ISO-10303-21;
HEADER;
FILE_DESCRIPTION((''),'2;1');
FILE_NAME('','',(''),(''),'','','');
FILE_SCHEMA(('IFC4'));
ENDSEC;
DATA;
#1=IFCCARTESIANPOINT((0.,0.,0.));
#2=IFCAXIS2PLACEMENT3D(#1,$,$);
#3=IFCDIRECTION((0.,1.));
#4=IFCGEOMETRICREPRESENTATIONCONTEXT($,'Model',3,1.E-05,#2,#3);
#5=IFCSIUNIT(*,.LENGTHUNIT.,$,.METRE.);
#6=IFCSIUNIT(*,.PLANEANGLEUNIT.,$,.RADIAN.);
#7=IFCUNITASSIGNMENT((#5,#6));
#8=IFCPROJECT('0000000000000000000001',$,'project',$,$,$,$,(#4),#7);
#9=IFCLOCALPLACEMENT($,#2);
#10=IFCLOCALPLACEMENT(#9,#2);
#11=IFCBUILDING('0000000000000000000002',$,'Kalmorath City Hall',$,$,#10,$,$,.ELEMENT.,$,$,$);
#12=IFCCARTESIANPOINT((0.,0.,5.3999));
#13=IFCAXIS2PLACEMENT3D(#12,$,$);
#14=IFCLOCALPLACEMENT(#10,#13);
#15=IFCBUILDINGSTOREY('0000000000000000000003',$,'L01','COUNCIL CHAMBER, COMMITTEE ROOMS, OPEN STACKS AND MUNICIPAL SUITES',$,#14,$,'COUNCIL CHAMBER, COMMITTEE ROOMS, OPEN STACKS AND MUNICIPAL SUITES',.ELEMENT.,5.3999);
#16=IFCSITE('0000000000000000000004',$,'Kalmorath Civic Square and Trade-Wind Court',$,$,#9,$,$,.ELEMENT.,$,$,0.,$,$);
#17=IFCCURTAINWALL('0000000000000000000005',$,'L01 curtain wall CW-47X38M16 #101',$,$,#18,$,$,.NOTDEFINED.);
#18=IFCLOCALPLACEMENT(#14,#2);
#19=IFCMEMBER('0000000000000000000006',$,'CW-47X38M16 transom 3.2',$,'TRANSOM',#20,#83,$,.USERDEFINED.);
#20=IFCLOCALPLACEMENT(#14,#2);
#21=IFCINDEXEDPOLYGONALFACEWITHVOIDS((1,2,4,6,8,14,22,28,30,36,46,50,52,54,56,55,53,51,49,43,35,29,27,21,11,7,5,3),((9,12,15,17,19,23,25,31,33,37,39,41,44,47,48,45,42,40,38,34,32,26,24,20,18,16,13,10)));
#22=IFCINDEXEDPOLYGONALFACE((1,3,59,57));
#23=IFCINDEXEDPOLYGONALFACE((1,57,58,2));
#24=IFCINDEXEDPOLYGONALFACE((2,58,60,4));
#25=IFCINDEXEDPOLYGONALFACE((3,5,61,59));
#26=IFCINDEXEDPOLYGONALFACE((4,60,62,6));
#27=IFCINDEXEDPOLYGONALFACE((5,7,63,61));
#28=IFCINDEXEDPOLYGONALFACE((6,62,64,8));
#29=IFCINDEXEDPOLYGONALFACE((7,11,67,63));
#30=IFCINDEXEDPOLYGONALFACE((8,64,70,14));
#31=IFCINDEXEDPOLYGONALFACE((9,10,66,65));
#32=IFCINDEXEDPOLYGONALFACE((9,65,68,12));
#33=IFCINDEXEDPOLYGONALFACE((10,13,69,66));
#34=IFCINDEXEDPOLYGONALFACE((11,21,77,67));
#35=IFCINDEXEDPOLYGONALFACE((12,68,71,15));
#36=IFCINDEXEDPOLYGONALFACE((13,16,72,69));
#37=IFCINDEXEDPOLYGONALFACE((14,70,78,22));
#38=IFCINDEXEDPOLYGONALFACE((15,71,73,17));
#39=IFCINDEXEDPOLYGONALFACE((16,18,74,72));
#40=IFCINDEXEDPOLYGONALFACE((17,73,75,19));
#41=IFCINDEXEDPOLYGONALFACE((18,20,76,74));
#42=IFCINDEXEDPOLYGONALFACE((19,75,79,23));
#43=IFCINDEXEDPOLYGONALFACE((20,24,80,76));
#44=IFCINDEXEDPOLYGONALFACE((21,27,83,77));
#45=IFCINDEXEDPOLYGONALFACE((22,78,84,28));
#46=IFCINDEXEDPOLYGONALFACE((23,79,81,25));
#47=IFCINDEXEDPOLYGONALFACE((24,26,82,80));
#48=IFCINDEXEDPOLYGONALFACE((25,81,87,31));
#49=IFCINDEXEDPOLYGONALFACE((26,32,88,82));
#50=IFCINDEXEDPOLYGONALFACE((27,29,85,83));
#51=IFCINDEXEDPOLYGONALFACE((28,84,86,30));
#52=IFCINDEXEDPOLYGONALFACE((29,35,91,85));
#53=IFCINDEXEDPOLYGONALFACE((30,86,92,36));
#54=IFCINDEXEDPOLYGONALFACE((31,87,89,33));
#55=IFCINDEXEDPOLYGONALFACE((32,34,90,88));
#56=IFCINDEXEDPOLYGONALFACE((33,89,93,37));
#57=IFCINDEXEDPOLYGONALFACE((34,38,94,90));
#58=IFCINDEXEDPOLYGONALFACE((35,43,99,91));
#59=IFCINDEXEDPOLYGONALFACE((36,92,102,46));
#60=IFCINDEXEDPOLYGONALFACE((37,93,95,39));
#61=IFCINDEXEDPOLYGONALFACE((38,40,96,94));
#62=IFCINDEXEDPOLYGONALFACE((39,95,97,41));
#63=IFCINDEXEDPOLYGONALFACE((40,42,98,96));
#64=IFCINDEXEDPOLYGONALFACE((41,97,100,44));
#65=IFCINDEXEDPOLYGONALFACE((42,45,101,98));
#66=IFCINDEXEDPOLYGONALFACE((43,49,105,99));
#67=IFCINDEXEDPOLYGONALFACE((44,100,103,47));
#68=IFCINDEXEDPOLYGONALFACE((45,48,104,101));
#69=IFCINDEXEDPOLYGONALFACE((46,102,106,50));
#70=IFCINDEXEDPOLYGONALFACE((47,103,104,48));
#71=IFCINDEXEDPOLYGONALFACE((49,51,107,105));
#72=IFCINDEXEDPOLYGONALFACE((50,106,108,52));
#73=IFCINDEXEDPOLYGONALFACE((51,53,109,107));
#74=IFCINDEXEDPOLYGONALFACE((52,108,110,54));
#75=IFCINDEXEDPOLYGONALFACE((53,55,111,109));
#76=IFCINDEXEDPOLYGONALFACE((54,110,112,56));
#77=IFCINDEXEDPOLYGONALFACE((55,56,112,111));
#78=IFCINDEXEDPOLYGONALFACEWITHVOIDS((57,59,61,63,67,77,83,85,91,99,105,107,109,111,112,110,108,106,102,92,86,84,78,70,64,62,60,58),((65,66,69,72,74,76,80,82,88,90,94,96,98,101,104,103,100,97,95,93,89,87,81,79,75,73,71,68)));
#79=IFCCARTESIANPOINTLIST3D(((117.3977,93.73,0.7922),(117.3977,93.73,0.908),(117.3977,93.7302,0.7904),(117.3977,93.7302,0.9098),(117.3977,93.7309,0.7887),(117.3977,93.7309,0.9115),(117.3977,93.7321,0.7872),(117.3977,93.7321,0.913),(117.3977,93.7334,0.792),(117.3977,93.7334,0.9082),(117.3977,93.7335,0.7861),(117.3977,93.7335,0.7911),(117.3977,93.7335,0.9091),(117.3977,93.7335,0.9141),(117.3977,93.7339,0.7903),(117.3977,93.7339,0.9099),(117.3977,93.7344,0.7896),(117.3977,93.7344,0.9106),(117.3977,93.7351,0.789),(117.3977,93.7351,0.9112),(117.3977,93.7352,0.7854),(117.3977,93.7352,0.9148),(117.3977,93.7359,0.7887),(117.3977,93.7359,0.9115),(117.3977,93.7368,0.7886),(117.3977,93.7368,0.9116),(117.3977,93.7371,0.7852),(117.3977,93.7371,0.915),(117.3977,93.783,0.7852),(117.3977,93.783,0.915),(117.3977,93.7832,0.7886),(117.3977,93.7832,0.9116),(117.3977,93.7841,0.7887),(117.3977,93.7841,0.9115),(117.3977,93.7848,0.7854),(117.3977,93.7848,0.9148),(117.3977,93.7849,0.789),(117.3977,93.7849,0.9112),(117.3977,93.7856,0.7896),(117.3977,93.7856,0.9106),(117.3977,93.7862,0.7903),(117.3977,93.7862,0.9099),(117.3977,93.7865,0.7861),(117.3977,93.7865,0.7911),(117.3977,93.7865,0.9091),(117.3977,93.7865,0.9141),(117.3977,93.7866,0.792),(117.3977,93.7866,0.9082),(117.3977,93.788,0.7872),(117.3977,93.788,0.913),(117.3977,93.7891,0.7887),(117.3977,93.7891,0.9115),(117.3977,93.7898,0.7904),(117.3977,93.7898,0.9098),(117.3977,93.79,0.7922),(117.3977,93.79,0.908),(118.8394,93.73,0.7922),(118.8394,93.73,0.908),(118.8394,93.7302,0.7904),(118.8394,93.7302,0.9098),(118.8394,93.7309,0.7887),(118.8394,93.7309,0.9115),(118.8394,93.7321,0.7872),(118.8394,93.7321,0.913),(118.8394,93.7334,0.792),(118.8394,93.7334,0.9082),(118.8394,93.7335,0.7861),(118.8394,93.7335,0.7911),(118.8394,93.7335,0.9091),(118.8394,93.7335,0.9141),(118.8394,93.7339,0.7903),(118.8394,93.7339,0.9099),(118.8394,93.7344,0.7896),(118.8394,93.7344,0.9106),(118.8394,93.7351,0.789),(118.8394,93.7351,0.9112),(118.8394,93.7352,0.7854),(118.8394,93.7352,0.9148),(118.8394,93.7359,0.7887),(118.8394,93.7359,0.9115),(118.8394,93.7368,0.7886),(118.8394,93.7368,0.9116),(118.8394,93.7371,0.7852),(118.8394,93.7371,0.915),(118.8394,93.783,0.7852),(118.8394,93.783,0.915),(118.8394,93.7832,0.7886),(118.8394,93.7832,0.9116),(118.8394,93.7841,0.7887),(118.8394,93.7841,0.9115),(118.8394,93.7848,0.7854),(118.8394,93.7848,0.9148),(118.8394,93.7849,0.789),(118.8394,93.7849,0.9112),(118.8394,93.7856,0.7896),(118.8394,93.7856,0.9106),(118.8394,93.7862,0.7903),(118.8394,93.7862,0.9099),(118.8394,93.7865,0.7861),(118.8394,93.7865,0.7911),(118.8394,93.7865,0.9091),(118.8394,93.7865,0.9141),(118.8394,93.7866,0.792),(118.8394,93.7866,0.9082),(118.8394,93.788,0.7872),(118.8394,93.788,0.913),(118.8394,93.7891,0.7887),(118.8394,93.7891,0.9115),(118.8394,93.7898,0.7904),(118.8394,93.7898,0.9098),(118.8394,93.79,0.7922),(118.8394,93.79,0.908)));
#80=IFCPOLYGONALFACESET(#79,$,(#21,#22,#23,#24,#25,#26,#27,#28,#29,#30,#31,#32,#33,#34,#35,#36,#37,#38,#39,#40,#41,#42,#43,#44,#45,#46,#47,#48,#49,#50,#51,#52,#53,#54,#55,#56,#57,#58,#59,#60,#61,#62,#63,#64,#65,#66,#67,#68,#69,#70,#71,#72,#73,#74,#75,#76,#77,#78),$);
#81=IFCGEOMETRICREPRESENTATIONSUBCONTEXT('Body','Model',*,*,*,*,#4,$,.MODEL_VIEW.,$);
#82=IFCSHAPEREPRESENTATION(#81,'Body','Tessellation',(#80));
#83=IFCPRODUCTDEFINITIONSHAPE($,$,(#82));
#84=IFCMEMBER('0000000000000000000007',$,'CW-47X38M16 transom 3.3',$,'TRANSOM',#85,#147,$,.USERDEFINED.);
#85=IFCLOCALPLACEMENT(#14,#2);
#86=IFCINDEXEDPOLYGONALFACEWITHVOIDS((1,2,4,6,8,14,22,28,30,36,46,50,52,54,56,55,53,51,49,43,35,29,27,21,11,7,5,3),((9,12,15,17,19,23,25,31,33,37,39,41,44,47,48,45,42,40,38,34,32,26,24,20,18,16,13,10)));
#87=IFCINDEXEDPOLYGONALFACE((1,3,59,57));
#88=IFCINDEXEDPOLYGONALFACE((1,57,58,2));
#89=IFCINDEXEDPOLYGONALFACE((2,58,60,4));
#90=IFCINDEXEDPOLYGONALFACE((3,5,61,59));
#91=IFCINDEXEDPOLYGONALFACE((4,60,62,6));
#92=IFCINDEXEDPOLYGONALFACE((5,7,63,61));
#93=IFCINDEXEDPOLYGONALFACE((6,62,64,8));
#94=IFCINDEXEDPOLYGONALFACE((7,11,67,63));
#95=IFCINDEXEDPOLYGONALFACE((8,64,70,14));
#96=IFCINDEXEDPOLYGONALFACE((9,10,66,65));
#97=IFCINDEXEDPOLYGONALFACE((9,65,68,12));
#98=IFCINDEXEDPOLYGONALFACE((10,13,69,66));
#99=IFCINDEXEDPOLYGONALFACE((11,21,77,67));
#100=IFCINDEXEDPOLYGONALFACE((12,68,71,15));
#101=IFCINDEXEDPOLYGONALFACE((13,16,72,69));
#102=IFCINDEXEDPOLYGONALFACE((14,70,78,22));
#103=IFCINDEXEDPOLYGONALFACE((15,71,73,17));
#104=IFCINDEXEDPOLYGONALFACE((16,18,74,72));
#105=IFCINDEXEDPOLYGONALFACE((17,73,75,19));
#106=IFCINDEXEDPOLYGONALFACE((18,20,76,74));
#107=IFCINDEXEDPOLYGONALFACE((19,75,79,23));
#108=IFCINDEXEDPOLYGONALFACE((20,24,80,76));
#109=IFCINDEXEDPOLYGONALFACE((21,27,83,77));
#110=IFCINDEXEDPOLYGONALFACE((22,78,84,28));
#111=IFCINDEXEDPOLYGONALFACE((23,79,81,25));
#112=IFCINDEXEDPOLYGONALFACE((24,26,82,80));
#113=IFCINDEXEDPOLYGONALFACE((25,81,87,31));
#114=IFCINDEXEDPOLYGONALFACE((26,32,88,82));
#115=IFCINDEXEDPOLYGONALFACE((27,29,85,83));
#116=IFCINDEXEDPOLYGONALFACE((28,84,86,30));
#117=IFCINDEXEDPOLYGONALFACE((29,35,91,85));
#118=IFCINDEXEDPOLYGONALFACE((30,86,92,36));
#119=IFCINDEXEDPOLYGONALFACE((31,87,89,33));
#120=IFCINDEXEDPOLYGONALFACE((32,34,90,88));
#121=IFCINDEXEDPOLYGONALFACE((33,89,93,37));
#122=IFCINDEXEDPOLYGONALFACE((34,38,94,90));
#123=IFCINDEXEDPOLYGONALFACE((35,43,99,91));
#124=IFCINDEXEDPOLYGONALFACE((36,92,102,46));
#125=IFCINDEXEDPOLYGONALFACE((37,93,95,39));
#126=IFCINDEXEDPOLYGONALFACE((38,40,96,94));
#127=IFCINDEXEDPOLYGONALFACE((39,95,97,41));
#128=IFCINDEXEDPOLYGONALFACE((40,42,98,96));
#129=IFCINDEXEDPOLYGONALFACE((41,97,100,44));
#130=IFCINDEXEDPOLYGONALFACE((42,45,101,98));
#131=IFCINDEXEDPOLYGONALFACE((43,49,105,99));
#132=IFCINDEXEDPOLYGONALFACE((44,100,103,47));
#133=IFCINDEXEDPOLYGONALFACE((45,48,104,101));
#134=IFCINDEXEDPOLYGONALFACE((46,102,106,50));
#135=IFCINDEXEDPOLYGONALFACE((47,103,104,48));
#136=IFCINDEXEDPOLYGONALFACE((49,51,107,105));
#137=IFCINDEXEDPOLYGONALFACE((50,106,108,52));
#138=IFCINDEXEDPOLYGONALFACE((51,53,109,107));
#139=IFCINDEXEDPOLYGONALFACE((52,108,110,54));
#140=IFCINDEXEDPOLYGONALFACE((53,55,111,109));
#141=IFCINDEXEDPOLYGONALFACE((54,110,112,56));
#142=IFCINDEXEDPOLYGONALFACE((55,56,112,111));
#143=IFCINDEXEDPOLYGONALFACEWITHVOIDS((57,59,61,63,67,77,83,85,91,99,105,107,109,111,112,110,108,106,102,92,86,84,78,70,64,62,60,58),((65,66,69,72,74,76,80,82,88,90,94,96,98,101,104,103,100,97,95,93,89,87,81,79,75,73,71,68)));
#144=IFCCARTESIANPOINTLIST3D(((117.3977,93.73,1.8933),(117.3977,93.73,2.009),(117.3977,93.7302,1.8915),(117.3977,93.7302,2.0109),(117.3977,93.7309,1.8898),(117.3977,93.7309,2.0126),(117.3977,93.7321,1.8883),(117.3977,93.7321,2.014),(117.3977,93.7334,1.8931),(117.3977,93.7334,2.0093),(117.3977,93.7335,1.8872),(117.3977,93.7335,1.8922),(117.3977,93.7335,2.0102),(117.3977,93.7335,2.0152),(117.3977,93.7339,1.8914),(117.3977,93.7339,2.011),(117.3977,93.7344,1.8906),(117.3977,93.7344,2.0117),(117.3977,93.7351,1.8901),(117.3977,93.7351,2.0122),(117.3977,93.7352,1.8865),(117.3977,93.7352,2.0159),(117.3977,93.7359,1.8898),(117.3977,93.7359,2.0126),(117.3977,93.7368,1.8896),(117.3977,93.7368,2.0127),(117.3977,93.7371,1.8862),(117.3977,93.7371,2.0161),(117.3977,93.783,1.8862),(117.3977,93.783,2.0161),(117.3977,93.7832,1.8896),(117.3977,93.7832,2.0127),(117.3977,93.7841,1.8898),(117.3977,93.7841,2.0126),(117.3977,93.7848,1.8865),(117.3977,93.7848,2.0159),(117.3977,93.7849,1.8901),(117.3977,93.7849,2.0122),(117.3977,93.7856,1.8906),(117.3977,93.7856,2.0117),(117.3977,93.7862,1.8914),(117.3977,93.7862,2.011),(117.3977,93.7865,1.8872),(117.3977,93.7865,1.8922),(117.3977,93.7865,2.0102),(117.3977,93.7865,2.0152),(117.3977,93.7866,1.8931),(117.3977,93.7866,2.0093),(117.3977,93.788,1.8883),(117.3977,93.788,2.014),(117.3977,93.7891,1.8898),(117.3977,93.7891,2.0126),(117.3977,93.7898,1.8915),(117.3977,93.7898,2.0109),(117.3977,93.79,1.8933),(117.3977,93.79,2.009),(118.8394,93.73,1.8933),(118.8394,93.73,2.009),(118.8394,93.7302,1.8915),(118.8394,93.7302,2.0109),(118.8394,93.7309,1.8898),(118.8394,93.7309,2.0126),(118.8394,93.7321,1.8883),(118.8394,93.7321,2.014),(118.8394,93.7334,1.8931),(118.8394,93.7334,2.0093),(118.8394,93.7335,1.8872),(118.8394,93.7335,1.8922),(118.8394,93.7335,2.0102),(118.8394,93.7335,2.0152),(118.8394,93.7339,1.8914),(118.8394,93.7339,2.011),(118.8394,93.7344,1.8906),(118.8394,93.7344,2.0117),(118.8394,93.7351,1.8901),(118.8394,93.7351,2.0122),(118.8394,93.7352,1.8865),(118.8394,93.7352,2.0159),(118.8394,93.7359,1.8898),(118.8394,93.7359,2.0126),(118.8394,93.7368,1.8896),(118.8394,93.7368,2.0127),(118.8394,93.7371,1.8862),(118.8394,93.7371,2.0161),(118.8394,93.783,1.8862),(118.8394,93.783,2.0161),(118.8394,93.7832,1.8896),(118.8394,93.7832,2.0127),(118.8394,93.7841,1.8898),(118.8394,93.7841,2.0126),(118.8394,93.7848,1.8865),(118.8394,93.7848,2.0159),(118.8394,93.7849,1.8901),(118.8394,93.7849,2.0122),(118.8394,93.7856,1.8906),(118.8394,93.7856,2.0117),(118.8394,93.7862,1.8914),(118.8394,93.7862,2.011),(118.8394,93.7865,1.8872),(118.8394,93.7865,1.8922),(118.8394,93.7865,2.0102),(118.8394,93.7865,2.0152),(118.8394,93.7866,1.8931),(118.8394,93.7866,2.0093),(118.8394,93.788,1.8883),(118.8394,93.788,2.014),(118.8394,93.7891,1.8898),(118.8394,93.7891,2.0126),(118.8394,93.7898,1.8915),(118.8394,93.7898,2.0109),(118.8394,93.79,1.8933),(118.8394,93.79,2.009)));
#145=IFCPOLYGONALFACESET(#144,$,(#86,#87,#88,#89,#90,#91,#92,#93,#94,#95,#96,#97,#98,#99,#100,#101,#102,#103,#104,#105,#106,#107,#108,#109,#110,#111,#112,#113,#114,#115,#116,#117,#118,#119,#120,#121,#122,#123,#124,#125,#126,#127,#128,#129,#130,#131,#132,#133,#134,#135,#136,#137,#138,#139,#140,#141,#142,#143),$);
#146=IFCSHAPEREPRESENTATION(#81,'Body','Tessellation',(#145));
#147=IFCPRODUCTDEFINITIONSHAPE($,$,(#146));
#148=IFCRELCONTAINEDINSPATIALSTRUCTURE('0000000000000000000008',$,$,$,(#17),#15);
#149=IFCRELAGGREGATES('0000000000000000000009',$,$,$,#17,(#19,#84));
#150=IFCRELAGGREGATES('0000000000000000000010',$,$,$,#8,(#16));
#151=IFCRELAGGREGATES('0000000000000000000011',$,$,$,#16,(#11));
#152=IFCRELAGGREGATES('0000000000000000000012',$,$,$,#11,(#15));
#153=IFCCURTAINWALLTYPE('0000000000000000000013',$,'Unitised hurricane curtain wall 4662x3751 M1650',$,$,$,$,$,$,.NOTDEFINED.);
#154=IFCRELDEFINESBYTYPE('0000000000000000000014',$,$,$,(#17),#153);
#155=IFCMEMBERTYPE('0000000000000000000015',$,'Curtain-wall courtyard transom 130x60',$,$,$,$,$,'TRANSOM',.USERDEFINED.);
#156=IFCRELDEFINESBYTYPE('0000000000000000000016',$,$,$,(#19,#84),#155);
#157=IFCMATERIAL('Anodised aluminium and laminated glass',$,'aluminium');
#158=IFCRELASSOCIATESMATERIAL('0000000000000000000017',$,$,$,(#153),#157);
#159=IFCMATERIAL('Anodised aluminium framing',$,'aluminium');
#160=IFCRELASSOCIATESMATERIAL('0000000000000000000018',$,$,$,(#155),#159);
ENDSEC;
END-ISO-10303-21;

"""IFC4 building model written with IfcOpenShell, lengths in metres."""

from ifc_helpers import new_model, si_unit, direction, frame, origin, origin_2d, place, context, subcontext, project, spatial, hollow_rectangle, extrude, material, material_profile, profile_set, type_object, element, aggregate, save


model = new_model("IFC4")

# Units and contexts
model_context = context("Model", 3, precision=1e-05, world=origin(), true_north=direction((0.0, 1.0)))
body_context = subcontext(model_context, "Body", "Model", "MODEL_VIEW")
ifc_project = project(units=[si_unit("LENGTHUNIT", "METRE"), si_unit("PLANEANGLEUNIT", "RADIAN")], contexts=[model_context])

# Site, building, storey
site_placement = place(None, origin())
site = spatial("IfcSite", under=ifc_project, at=site_placement, Name="Kalmorath Civic Square and Trade-Wind Court", CompositionType="ELEMENT", RefElevation=0.0)
building_placement = place(site_placement, origin())
building = spatial("IfcBuilding", under=site, at=building_placement, Name="Kalmorath City Hall", CompositionType="ELEMENT")
storey_placement = place(building_placement, frame((0.0, 0.0, 5.3999)))
storey = spatial("IfcBuildingStorey", under=building, at=storey_placement, Name="L01", Description="COUNCIL CHAMBER, COMMITTEE ROOMS, OPEN STACKS AND MUNICIPAL SUITES", LongName="COUNCIL CHAMBER, COMMITTEE ROOMS, OPEN STACKS AND MUNICIPAL SUITES", CompositionType="ELEMENT", Elevation=5.3999)

# Curtain wall, members
ifc_material_1 = material(Name="Anodised aluminium and laminated glass", Category="aluminium")
curtain_wall_type = type_object("IfcCurtainWallType", Name="Unitised hurricane curtain wall 4662x3751 M1650", PredefinedType="NOTDEFINED", material=ifc_material_1)
curtain_wall_placement = place(storey_placement, origin())
curtain_wall = element("IfcCurtainWall", 1, at=curtain_wall_placement, inside=storey, type_object=curtain_wall_type, Name="L01 curtain wall CW-47X38M16 #101", PredefinedType="NOTDEFINED")
ifc_material_2 = material(Name="Anodised aluminium framing", Category="aluminium")
ifc_material_profile_1 = material_profile(ifc_material_2, hollow_rectangle(XDim=0.0601, YDim=0.1299, WallThickness=0.0034, InnerFilletRadius=0.0034, OuterFilletRadius=0.0071, at=origin_2d()), Name="ALU-TRN-130X60X3.5")
ifc_profile_set_1 = profile_set([ifc_material_profile_1], Name="Anodised aluminium framing")
member_type_1 = type_object("IfcMemberType", Name="Curtain-wall courtyard transom 130x60", ElementType="TRANSOM", PredefinedType="USERDEFINED", material=ifc_profile_set_1)
member_1_placement = place(storey_placement, frame((118.8394, 93.76, 0.8501), z_axis=(-1.0, 0.0, 0.0), x_axis=(0.0, -1.0, 0.0)))
member_1 = element("IfcMember", 2, at=member_1_placement, type_object=member_type_1, Name="CW-47X38M16 transom 3.2", ObjectType="TRANSOM", PredefinedType="USERDEFINED", context=body_context, shape_type="SweptSolid", body=[
    extrude(hollow_rectangle(XDim=0.0601, YDim=0.1299, WallThickness=0.0034, InnerFilletRadius=0.0034, OuterFilletRadius=0.0071, at=origin_2d()), origin(), (0.0, 0.0, 1.0), 1.4417),
])
member_2_placement = place(storey_placement, frame((118.8394, 93.76, 1.9512), z_axis=(-1.0, 0.0, 0.0), x_axis=(0.0, -1.0, 0.0)))
member_2 = element("IfcMember", 3, at=member_2_placement, type_object=member_type_1, Name="CW-47X38M16 transom 3.3", ObjectType="TRANSOM", PredefinedType="USERDEFINED", context=body_context, shape_type="SweptSolid", body=[
    extrude(hollow_rectangle(XDim=0.0601, YDim=0.1299, WallThickness=0.0034, InnerFilletRadius=0.0034, OuterFilletRadius=0.0071, at=origin_2d()), origin(), (0.0, 0.0, 1.0), 1.4417),
])
aggregate(curtain_wall, [member_1, member_2])

save(model, "model.ifc")
